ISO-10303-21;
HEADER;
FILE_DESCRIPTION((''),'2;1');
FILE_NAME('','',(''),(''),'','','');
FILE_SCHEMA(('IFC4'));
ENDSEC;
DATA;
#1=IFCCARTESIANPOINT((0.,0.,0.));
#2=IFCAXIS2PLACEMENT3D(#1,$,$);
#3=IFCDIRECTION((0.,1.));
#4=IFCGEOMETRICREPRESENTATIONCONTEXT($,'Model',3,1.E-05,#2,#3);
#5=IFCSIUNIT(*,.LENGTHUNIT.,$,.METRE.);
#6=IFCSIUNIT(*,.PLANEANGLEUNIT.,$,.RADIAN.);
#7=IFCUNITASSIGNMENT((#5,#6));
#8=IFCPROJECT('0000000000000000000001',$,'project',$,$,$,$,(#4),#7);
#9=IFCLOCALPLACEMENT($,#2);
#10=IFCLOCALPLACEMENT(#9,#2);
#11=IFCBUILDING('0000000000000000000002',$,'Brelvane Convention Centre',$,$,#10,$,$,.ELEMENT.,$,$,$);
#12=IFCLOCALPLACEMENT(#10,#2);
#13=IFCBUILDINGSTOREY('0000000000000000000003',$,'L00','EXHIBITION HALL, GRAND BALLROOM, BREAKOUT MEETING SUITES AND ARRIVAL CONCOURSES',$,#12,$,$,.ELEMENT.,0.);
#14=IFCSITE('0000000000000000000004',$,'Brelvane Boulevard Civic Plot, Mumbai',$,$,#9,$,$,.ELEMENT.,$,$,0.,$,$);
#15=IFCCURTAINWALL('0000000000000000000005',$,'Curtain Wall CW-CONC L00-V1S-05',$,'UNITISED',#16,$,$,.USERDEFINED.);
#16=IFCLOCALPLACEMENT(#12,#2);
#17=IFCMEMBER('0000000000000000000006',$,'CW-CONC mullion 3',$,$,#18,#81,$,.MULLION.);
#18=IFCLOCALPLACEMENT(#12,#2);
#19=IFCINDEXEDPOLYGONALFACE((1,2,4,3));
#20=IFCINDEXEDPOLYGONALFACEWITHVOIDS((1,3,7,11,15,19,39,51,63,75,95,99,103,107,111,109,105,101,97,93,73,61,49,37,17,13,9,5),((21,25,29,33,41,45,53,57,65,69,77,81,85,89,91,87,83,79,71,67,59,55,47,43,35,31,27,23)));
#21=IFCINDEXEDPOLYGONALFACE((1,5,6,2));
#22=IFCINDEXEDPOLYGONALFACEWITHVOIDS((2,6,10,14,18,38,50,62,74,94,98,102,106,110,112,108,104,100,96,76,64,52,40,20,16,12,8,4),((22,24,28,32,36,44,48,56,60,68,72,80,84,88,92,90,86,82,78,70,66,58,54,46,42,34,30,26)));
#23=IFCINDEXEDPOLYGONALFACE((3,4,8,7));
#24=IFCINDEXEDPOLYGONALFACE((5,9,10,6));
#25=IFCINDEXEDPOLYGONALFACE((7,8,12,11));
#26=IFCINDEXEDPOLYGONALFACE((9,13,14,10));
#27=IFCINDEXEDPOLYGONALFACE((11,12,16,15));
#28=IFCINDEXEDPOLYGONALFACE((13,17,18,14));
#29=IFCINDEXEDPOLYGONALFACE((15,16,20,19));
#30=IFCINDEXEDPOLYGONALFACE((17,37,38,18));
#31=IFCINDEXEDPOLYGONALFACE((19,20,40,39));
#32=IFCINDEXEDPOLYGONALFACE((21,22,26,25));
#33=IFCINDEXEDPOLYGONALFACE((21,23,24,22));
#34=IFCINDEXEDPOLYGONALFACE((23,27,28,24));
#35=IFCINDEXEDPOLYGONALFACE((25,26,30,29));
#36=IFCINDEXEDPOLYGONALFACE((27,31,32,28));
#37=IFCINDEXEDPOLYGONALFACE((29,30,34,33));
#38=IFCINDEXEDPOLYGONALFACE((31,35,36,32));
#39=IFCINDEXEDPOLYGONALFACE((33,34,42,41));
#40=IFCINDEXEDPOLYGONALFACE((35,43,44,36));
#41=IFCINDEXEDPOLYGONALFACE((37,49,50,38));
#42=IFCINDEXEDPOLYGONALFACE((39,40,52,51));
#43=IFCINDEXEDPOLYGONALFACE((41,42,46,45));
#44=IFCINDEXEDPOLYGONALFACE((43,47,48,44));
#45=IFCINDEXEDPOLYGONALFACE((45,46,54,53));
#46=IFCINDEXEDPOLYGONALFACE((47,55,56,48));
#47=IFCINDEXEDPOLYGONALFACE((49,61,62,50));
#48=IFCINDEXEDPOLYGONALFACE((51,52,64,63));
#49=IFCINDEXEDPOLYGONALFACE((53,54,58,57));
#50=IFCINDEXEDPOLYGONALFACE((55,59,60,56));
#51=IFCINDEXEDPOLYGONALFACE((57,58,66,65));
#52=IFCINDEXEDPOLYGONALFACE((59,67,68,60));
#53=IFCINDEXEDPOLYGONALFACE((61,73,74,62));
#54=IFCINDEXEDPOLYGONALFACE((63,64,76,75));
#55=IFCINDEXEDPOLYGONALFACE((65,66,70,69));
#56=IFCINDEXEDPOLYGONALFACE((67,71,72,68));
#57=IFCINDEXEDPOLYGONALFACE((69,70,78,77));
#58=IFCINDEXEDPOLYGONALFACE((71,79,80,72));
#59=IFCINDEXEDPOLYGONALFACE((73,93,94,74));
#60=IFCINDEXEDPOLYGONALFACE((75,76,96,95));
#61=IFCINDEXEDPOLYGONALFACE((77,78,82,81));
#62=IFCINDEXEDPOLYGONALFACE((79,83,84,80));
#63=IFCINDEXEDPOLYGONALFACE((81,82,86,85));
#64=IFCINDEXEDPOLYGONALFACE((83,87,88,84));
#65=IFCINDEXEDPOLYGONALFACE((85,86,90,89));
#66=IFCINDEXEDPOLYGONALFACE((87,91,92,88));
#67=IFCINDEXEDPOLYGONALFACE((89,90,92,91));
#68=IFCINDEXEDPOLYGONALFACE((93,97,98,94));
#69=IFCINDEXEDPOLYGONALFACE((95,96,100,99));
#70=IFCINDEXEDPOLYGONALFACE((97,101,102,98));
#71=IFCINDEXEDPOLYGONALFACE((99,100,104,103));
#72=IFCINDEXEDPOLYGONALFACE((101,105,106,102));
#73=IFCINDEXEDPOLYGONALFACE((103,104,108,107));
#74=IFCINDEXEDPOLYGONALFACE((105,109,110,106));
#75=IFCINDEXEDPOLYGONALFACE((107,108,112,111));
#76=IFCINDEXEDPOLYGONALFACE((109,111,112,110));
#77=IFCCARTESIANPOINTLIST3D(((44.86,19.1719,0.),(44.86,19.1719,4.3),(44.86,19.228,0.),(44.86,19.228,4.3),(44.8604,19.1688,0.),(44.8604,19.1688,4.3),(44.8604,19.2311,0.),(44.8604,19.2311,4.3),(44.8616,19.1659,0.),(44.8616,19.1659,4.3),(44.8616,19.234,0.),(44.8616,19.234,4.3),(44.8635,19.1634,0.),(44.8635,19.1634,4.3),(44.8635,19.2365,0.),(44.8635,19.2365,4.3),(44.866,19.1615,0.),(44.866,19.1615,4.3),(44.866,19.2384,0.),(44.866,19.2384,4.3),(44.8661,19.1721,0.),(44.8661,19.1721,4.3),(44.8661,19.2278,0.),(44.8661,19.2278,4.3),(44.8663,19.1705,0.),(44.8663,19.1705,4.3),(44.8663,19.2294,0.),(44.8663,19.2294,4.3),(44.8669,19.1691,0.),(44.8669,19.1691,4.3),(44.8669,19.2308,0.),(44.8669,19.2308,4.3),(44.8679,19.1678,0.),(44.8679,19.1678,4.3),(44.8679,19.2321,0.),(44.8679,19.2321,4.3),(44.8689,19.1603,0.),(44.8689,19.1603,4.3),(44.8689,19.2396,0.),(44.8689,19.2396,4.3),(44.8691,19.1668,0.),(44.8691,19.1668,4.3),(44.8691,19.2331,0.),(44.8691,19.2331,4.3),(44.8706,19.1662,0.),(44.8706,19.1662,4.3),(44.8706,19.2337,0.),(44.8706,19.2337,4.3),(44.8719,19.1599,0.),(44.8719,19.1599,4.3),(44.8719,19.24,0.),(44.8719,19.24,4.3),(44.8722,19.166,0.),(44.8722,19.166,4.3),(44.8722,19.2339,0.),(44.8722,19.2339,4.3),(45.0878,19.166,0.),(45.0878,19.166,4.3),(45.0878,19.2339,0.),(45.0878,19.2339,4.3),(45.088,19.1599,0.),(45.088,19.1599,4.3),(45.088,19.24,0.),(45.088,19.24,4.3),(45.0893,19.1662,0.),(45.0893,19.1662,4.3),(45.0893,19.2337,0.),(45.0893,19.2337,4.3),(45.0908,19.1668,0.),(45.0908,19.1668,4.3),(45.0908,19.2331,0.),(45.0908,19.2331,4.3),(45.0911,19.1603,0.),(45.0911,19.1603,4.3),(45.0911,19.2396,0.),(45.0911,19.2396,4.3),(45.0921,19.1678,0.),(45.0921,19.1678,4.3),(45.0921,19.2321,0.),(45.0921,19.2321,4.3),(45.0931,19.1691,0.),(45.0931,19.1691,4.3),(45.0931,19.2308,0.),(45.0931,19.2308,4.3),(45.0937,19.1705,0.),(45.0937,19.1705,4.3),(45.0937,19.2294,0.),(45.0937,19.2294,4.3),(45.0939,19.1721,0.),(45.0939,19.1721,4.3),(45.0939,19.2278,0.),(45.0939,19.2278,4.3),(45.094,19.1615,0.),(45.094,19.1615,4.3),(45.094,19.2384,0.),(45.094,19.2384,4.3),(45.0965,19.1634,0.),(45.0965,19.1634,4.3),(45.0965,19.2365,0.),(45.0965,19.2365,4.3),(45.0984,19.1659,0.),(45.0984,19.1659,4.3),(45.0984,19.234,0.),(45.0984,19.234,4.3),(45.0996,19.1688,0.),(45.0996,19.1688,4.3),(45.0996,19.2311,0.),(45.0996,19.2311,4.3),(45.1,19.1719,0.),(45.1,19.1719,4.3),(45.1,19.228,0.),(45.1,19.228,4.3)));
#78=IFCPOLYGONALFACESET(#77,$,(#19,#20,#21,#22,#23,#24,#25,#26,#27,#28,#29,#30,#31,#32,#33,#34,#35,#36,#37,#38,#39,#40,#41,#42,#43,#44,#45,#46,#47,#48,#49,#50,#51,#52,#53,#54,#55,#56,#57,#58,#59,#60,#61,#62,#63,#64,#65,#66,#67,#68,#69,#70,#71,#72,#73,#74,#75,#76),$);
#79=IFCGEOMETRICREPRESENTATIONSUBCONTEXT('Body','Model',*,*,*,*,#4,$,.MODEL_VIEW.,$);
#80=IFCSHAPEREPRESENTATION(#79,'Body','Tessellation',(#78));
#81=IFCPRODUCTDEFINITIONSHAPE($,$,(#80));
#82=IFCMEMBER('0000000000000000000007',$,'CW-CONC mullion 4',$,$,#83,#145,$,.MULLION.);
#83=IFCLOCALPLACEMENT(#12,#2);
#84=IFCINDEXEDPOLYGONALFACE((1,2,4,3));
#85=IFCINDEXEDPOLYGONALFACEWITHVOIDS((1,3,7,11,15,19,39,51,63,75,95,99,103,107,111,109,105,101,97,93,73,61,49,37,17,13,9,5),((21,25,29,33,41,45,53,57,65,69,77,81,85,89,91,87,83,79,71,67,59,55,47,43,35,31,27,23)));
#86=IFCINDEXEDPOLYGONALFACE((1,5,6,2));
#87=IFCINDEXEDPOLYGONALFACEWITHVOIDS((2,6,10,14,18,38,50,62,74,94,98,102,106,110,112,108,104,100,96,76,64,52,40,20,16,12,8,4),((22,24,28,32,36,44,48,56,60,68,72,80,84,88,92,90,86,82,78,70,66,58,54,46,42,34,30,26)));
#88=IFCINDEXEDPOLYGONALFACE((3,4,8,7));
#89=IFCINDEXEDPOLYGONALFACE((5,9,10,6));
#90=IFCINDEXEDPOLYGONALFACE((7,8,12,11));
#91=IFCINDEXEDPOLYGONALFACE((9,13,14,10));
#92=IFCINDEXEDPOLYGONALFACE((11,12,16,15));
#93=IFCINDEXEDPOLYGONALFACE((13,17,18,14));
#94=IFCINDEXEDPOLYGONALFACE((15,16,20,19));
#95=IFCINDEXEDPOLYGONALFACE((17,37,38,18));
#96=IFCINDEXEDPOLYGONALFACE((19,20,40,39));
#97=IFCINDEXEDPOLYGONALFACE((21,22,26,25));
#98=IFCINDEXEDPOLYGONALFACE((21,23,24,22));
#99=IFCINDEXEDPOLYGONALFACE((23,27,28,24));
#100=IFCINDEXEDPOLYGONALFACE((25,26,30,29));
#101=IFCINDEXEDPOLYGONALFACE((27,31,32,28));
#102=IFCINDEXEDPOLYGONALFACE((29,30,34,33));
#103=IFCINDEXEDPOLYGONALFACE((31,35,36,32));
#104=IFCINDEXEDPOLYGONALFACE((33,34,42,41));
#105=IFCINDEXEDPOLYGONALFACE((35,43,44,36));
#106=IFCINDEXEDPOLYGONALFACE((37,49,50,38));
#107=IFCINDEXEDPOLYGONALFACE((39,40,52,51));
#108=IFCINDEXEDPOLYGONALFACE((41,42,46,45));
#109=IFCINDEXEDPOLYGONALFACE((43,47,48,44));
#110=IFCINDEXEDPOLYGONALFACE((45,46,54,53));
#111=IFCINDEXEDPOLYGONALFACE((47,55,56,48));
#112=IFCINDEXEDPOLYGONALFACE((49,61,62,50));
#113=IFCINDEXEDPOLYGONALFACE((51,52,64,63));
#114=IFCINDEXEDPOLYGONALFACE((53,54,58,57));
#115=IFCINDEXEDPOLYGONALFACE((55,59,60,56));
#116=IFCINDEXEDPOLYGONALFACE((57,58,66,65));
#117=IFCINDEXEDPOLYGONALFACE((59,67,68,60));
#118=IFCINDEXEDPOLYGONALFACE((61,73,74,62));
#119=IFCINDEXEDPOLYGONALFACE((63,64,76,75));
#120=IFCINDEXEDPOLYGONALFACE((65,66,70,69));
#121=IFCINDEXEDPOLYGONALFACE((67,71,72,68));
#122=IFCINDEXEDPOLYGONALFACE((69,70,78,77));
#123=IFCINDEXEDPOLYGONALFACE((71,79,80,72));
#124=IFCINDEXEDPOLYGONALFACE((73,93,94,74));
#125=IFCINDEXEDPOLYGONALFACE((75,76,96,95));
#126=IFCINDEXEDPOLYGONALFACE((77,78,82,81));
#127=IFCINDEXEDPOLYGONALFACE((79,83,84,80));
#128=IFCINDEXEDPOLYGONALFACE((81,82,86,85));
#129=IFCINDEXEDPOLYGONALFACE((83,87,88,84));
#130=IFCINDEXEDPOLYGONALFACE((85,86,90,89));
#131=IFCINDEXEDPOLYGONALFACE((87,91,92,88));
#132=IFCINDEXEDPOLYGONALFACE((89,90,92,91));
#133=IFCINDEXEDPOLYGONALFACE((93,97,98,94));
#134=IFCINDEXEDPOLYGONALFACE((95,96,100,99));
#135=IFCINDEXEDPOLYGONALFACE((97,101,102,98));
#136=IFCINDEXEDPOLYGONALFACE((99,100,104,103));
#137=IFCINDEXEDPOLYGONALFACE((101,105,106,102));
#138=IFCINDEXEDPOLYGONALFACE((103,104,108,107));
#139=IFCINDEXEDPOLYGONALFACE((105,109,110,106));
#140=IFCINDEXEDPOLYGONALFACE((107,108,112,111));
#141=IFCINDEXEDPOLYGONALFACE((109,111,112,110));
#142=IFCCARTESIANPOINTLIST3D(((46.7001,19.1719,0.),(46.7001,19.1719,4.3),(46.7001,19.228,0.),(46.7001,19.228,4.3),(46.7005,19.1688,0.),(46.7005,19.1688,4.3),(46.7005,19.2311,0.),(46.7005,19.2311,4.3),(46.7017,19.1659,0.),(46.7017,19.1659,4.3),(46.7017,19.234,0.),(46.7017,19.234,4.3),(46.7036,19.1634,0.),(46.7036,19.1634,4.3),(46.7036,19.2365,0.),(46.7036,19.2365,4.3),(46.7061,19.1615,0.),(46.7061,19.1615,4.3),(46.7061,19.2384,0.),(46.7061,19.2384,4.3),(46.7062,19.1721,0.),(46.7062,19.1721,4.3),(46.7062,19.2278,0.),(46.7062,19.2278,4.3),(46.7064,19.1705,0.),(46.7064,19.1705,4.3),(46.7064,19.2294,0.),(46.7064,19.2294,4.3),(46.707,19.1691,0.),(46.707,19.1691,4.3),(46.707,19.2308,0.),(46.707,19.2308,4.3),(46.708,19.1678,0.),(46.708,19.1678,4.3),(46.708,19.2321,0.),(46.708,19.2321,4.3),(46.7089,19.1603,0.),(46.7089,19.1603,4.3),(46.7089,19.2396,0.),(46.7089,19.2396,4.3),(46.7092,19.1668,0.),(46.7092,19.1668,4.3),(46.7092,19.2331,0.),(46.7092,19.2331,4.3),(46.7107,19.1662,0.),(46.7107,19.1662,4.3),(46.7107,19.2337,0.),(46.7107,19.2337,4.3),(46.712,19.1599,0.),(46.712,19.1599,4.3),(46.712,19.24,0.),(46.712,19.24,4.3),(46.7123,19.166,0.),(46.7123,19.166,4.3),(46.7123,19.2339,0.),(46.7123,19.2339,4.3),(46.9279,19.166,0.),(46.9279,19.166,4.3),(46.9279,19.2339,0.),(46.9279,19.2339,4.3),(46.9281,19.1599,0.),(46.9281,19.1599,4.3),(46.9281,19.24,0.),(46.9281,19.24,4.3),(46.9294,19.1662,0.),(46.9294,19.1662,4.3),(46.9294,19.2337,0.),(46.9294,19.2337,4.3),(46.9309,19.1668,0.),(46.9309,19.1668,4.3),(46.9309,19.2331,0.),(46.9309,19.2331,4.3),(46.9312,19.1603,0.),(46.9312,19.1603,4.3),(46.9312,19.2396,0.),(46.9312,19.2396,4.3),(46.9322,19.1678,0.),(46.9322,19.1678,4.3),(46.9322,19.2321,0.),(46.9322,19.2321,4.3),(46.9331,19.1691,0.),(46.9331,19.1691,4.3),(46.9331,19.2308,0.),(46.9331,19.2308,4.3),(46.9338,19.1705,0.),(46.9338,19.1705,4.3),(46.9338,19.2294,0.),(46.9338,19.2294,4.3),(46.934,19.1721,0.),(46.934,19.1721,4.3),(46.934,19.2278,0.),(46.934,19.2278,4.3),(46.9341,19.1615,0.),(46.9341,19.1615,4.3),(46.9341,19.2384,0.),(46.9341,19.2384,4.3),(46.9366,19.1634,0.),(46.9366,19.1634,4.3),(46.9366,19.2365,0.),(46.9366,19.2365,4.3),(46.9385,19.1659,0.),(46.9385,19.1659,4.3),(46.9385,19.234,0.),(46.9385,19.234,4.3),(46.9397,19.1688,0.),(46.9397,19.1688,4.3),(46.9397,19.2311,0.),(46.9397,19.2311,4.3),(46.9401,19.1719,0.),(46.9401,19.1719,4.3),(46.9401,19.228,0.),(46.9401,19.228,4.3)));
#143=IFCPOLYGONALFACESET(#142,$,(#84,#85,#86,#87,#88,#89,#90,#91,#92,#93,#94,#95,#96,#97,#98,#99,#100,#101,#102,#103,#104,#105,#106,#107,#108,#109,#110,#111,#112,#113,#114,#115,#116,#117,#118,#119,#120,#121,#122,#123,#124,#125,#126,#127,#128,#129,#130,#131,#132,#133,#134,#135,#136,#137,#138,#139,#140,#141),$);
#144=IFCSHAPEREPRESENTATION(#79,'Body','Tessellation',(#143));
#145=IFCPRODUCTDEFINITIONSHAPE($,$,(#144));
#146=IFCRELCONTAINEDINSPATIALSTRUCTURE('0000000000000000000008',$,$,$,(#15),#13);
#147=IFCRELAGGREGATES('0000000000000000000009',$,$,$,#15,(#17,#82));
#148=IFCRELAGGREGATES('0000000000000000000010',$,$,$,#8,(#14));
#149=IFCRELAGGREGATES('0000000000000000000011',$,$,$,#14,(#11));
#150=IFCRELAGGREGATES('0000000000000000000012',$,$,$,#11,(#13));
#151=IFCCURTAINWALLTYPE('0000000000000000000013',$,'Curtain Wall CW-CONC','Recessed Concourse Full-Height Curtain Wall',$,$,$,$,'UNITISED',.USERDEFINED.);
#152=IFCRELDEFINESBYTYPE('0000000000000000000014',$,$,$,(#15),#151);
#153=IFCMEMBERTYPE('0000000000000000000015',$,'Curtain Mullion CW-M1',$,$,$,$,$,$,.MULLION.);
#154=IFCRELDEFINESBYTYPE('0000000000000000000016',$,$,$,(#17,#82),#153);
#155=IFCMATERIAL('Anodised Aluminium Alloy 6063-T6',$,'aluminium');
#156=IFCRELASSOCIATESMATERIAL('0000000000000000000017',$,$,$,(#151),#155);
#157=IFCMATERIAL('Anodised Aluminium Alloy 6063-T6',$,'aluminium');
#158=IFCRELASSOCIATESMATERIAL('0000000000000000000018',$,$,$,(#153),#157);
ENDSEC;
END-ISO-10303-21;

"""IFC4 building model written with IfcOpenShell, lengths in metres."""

from ifc_helpers import new_model, si_unit, direction, frame, origin, origin_2d, place, context, subcontext, project, spatial, hollow_rectangle, extrude, material, material_profile, profile_set, type_object, element, aggregate, save


model = new_model("IFC4")

# Units and contexts
model_context = context("Model", 3, precision=1e-05, world=origin(), true_north=direction((0.0, 1.0)))
body_context = subcontext(model_context, "Body", "Model", "MODEL_VIEW")
ifc_project = project(units=[si_unit("LENGTHUNIT", "METRE"), si_unit("PLANEANGLEUNIT", "RADIAN")], contexts=[model_context])

# Site, building, storey
site_placement = place(None, origin())
site = spatial("IfcSite", under=ifc_project, at=site_placement, Name="Brelvane Boulevard Civic Plot, Mumbai", CompositionType="ELEMENT", RefElevation=0.0)
building_placement = place(site_placement, origin())
building = spatial("IfcBuilding", under=site, at=building_placement, Name="Brelvane Convention Centre", CompositionType="ELEMENT")
storey_placement = place(building_placement, origin())
storey = spatial("IfcBuildingStorey", under=building, at=storey_placement, Name="L00", Description="EXHIBITION HALL, GRAND BALLROOM, BREAKOUT MEETING SUITES AND ARRIVAL CONCOURSES", CompositionType="ELEMENT", Elevation=0.0)

# Curtain wall, members
ifc_material_1 = material(Name="Anodised Aluminium Alloy 6063-T6", Category="aluminium")
curtain_wall_type = type_object("IfcCurtainWallType", Name="Curtain Wall CW-CONC", Description="Recessed Concourse Full-Height Curtain Wall", ElementType="UNITISED", PredefinedType="USERDEFINED", material=ifc_material_1)
curtain_wall_placement = place(storey_placement, origin())
curtain_wall = element("IfcCurtainWall", 1, at=curtain_wall_placement, inside=storey, type_object=curtain_wall_type, Name="Curtain Wall CW-CONC L00-V1S-05", ObjectType="UNITISED", PredefinedType="USERDEFINED")
ifc_material_2 = material(Name="Anodised Aluminium Alloy 6063-T6", Category="aluminium")
ifc_material_profile_1 = material_profile(ifc_material_2, hollow_rectangle(XDim=0.0801, YDim=0.24, WallThickness=0.0061, InnerFilletRadius=0.0061, OuterFilletRadius=0.012, at=origin_2d()), Name="ALU-M 240x80x6.0")
ifc_profile_set_1 = profile_set([ifc_material_profile_1], Name="Anodised Aluminium Alloy 6063-T6")
member_type_1 = type_object("IfcMemberType", Name="Curtain Mullion CW-M1", PredefinedType="MULLION", material=ifc_profile_set_1)
member_1_placement = place(storey_placement, frame((44.98, 19.2, 0.0), z_axis=(0.0, 0.0, 1.0), x_axis=(0.0, 1.0, 0.0)))
member_1 = element("IfcMember", 2, at=member_1_placement, type_object=member_type_1, Name="CW-CONC mullion 3", PredefinedType="MULLION", context=body_context, shape_type="SweptSolid", body=[
    extrude(hollow_rectangle(XDim=0.0801, YDim=0.24, WallThickness=0.0061, InnerFilletRadius=0.0061, OuterFilletRadius=0.012, at=origin_2d()), origin(), (0.0, 0.0, 1.0), 4.3),
])
member_2_placement = place(storey_placement, frame((46.8201, 19.2, 0.0), z_axis=(0.0, 0.0, 1.0), x_axis=(0.0, 1.0, 0.0)))
member_2 = element("IfcMember", 3, at=member_2_placement, type_object=member_type_1, Name="CW-CONC mullion 4", PredefinedType="MULLION", context=body_context, shape_type="SweptSolid", body=[
    extrude(hollow_rectangle(XDim=0.0801, YDim=0.24, WallThickness=0.0061, InnerFilletRadius=0.0061, OuterFilletRadius=0.012, at=origin_2d()), origin(), (0.0, 0.0, 1.0), 4.3),
])
aggregate(curtain_wall, [member_1, member_2])

save(model, "model.ifc")
